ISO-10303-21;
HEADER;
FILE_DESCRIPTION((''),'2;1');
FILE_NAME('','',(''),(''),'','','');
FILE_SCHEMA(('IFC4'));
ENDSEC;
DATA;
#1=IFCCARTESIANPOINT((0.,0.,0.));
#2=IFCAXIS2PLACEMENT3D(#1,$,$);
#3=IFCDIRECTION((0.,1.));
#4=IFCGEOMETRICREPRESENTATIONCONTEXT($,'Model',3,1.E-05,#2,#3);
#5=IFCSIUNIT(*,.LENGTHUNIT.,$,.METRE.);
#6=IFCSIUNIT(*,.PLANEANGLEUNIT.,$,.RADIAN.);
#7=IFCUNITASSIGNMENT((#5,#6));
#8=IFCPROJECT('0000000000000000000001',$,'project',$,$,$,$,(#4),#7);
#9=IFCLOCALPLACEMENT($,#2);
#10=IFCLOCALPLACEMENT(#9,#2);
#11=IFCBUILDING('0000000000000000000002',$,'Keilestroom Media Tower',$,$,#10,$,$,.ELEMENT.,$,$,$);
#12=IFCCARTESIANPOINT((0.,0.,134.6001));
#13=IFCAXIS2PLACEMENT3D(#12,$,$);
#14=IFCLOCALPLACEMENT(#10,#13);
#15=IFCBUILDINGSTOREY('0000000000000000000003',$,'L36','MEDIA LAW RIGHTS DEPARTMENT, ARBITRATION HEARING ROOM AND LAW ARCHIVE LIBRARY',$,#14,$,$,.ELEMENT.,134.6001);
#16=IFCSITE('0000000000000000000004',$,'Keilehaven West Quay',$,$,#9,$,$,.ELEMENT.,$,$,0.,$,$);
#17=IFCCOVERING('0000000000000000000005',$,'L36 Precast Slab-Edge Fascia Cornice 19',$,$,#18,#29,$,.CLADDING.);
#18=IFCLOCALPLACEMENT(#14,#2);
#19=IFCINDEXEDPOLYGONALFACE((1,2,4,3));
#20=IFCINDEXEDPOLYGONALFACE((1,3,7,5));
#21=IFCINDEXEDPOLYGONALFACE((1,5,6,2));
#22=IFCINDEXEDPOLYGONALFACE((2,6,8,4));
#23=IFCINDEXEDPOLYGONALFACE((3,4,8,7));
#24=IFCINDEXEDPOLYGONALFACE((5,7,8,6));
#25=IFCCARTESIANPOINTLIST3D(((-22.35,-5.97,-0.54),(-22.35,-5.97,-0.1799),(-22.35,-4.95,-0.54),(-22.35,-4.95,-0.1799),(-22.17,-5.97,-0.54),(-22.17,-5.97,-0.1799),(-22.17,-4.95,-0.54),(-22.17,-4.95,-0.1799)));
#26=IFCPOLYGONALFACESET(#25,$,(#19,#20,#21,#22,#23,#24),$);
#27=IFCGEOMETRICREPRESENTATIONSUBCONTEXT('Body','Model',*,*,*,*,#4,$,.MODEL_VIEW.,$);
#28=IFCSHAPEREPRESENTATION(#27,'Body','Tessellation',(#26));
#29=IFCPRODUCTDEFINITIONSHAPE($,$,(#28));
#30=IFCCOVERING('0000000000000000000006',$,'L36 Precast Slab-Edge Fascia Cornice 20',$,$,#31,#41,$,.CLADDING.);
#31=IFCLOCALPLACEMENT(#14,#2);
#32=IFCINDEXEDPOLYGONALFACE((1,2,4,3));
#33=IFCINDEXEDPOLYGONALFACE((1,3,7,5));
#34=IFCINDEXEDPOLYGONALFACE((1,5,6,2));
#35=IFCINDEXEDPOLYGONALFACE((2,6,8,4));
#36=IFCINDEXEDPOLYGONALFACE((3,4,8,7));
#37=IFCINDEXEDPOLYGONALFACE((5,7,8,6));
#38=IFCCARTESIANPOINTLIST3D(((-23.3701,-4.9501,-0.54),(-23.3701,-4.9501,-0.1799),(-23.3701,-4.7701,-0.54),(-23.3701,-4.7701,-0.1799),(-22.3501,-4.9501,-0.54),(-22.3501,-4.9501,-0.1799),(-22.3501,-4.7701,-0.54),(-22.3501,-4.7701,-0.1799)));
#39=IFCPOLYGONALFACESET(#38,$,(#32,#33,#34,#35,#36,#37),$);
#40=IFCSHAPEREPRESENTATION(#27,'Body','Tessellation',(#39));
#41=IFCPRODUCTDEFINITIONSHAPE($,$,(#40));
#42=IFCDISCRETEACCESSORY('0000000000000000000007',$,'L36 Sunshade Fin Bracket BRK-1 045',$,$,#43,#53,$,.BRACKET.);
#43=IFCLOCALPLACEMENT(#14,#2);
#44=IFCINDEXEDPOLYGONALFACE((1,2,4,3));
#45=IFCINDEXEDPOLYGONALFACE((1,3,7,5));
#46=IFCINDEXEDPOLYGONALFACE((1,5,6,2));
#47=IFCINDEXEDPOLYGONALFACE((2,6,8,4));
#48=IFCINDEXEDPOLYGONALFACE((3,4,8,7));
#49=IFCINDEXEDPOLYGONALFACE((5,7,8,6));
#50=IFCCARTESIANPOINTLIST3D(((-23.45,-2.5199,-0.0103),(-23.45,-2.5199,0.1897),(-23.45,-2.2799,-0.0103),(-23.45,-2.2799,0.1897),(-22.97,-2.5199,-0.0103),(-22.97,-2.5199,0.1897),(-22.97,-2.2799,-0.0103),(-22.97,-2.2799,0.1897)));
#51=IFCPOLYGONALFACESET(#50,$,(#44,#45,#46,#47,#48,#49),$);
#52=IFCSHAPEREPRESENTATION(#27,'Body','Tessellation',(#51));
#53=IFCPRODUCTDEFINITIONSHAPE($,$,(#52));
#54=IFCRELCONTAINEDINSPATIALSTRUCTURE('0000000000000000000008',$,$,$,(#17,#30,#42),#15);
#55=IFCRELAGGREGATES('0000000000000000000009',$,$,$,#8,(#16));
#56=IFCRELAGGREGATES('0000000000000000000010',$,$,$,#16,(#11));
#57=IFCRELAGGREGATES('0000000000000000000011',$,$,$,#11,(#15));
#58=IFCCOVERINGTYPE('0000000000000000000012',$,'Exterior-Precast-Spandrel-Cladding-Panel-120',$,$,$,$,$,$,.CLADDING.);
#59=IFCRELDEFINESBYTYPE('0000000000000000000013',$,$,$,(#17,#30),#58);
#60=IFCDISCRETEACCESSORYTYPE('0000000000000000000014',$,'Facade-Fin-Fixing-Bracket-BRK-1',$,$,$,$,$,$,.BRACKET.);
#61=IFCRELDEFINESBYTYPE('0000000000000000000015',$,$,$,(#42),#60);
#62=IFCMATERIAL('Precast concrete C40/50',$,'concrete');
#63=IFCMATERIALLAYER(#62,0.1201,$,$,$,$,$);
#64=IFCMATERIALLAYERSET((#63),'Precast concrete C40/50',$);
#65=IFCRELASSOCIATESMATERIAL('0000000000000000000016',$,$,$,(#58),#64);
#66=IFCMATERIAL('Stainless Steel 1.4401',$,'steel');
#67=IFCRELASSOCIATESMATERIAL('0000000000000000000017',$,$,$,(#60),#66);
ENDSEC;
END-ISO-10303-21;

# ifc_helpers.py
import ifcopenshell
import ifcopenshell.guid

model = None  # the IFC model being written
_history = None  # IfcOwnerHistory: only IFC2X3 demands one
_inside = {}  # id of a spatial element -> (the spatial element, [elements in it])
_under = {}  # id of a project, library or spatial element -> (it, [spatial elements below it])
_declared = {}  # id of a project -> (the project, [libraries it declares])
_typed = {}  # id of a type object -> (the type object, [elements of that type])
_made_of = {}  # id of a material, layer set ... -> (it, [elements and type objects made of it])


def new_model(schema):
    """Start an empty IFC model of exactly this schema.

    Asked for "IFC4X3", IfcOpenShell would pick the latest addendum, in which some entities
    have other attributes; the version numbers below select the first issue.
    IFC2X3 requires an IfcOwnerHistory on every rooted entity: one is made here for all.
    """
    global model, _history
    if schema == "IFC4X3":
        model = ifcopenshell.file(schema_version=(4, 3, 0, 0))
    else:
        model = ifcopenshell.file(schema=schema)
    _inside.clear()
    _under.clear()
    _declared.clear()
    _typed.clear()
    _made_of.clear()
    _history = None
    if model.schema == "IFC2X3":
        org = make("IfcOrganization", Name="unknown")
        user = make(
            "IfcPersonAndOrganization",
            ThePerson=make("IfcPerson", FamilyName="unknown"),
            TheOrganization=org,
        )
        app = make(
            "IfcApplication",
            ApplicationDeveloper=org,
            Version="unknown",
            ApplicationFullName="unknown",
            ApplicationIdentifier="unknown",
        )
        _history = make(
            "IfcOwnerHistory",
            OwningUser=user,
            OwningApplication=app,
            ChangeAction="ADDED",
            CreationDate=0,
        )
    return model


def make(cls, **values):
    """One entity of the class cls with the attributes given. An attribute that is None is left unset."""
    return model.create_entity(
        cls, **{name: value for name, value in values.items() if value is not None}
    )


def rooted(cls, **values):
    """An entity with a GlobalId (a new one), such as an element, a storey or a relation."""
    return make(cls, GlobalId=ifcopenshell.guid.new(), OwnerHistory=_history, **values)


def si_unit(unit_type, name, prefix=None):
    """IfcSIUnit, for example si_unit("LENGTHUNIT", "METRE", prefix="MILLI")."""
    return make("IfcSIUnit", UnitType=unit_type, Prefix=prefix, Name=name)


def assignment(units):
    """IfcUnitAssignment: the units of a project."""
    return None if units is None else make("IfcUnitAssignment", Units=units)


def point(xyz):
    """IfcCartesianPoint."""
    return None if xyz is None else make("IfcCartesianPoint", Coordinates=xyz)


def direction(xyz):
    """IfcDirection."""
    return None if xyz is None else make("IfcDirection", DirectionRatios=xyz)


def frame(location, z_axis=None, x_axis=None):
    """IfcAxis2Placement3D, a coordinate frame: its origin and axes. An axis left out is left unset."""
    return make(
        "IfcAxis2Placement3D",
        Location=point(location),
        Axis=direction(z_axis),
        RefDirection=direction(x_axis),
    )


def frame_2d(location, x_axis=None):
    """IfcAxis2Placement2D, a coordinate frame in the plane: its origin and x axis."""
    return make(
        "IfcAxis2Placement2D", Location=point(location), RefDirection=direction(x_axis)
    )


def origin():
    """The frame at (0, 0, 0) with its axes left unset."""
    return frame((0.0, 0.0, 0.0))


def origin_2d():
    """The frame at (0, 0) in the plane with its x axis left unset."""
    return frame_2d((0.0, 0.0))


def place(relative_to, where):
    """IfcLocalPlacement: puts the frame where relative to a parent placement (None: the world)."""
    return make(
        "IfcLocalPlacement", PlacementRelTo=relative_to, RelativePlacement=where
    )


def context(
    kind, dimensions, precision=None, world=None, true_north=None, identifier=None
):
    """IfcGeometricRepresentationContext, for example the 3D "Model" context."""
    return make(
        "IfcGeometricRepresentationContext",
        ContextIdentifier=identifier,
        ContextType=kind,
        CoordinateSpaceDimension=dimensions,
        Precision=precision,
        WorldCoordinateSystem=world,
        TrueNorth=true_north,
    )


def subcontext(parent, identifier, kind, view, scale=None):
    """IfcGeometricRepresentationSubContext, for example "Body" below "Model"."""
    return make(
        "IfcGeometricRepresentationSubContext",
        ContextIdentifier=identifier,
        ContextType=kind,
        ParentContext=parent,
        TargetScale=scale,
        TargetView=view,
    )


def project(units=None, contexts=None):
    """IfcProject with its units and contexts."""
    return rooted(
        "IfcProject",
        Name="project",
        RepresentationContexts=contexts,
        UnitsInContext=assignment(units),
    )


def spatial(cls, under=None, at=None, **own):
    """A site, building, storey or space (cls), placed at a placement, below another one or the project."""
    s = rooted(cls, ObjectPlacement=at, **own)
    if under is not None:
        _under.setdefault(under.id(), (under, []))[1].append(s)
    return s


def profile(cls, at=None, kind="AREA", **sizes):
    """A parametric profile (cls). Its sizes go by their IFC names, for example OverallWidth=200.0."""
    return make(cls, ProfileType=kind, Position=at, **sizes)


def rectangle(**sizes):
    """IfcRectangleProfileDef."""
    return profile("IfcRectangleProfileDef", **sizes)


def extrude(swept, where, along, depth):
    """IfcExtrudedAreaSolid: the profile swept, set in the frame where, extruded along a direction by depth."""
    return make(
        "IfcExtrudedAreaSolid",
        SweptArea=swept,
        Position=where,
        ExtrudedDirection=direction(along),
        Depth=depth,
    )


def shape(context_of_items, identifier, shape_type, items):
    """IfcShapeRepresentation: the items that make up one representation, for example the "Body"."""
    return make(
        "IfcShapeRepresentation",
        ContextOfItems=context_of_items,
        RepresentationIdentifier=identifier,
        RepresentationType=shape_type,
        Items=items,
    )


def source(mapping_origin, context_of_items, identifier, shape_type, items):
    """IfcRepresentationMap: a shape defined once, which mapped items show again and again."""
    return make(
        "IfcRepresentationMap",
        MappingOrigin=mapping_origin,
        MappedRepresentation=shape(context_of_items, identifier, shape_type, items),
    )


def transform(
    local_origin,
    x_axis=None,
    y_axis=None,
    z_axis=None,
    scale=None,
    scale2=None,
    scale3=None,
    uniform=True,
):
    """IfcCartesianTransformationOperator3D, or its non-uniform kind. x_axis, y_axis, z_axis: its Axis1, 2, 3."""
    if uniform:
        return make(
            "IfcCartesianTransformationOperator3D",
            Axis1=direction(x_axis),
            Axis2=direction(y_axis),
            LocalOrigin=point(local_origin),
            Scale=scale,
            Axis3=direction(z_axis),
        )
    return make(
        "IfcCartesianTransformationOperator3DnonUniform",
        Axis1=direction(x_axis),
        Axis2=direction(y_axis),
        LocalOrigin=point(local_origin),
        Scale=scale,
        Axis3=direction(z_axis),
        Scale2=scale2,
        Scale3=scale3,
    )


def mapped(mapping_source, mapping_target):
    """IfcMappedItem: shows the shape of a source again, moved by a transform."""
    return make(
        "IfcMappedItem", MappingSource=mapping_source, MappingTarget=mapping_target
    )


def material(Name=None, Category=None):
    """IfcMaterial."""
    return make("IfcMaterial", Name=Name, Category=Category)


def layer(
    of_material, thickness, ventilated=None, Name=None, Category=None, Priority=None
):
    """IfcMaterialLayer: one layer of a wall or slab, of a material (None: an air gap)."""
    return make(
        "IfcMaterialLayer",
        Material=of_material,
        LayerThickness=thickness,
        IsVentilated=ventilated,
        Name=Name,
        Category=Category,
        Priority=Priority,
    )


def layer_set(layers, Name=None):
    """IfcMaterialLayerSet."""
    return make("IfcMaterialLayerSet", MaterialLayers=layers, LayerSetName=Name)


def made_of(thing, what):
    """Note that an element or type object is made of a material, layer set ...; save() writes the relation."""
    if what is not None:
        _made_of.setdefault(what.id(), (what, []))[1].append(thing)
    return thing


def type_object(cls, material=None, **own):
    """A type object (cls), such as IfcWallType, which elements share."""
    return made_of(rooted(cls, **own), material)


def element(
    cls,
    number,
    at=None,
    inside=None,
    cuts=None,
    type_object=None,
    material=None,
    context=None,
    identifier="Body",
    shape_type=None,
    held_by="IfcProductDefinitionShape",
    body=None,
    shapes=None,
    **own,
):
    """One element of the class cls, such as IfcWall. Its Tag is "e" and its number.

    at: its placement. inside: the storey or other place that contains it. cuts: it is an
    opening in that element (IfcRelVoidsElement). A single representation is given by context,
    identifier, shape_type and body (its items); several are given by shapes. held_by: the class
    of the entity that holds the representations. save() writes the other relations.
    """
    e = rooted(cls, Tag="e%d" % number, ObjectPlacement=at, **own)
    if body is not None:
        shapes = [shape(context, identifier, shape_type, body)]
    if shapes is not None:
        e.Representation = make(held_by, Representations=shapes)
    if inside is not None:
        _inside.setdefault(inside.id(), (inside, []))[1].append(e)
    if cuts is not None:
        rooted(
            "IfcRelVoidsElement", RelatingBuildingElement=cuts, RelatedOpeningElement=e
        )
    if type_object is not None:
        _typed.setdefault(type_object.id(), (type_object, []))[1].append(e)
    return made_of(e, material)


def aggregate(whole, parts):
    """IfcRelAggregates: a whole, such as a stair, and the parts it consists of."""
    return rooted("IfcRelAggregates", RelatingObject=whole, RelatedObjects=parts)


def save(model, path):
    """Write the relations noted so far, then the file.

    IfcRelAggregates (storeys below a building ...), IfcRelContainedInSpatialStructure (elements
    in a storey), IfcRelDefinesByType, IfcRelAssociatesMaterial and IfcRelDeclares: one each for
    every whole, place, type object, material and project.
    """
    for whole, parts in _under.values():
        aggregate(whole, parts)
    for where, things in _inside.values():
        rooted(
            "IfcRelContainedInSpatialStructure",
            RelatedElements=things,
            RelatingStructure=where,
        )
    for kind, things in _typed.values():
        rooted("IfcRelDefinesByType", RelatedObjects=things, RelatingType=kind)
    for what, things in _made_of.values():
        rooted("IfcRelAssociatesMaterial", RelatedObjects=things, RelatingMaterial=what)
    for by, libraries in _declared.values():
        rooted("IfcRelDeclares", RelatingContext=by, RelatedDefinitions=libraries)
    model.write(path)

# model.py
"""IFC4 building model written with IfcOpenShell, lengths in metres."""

from ifc_helpers import new_model, si_unit, direction, frame, origin, origin_2d, place, context, subcontext, project, spatial, rectangle, extrude, source, transform, mapped, material, layer, layer_set, type_object, element, save


model = new_model("IFC4")

# Units and contexts
model_context = context("Model", 3, precision=1e-05, world=origin(), true_north=direction((0.0, 1.0)))
body_context = subcontext(model_context, "Body", "Model", "MODEL_VIEW")
ifc_project = project(units=[si_unit("LENGTHUNIT", "METRE"), si_unit("PLANEANGLEUNIT", "RADIAN")], contexts=[model_context])

# Site, building, storey
site_placement = place(None, origin())
site = spatial("IfcSite", under=ifc_project, at=site_placement, Name="Keilehaven West Quay", CompositionType="ELEMENT", RefElevation=0.0)
building_placement = place(site_placement, origin())
building = spatial("IfcBuilding", under=site, at=building_placement, Name="Keilestroom Media Tower", CompositionType="ELEMENT")
storey_placement = place(building_placement, frame((0.0, 0.0, 134.6001)))
storey = spatial("IfcBuildingStorey", under=building, at=storey_placement, Name="L36", Description="MEDIA LAW RIGHTS DEPARTMENT, ARBITRATION HEARING ROOM AND LAW ARCHIVE LIBRARY", CompositionType="ELEMENT", Elevation=134.6001)

# Shared definitions
ifc_material_1 = material(Name="Precast concrete C40/50", Category="concrete")

# Coverings
ifc_layer_1 = layer(ifc_material_1, 0.1201)
ifc_layer_set_1 = layer_set([ifc_layer_1], Name="Precast concrete C40/50")
covering_type = type_object("IfcCoveringType", Name="Exterior-Precast-Spandrel-Cladding-Panel-120", PredefinedType="CLADDING", material=ifc_layer_set_1)
shared_shape_1 = source(origin(), body_context, "Body", "SweptSolid", [
    extrude(rectangle(XDim=1.02, YDim=0.1799, at=origin_2d()), origin(), (0.0, 0.0, 1.0), 0.3601),
])
for number, where, z_axis, x_axis, name in (
    (1, (-22.26, -5.46, -0.54), (0.0, 0.0, 1.0), (0.0, 1.0, 0.0), "L36 Precast Slab-Edge Fascia Cornice 19"),
    (2, (-22.8601, -4.8601, -0.54), (0.0, 0.0, 1.0), (-1.0, 0.0, 0.0), "L36 Precast Slab-Edge Fascia Cornice 20"),
):
    element("IfcCovering", number, at=place(storey_placement, frame(where, z_axis=z_axis, x_axis=x_axis)), inside=storey, type_object=covering_type, Name=name, PredefinedType="CLADDING", context=body_context, shape_type="MappedRepresentation", body=[
        mapped(shared_shape_1, transform((0.0, 0.0, 0.0), x_axis=(1.0, 0.0, 0.0), y_axis=(0.0, 1.0, 0.0), z_axis=(0.0, 0.0, 1.0), scale=1.0)),
    ])

# Discrete accessory
ifc_material_2 = material(Name="Stainless Steel 1.4401", Category="steel")
discrete_accessory_type = type_object("IfcDiscreteAccessoryType", Name="Facade-Fin-Fixing-Bracket-BRK-1", PredefinedType="BRACKET", material=ifc_material_2)
shared_shape_2 = source(origin(), body_context, "Body", "SweptSolid", [
    extrude(rectangle(XDim=0.48, YDim=0.24, at=origin_2d()), origin(), (0.0, 0.0, 1.0), 0.2),
])
discrete_accessory_placement = place(storey_placement, frame((-23.21, -2.3999, -0.0103), z_axis=(0.0, 0.0, 1.0), x_axis=(1.0, 0.0, 0.0)))
element("IfcDiscreteAccessory", 3, at=discrete_accessory_placement, inside=storey, type_object=discrete_accessory_type, Name="L36 Sunshade Fin Bracket BRK-1 045", PredefinedType="BRACKET", context=body_context, shape_type="MappedRepresentation", body=[
    mapped(shared_shape_2, transform((0.0, 0.0, 0.0), x_axis=(1.0, 0.0, 0.0), y_axis=(0.0, 1.0, 0.0), z_axis=(0.0, 0.0, 1.0), scale=1.0)),
])

save(model, "model.ifc")
